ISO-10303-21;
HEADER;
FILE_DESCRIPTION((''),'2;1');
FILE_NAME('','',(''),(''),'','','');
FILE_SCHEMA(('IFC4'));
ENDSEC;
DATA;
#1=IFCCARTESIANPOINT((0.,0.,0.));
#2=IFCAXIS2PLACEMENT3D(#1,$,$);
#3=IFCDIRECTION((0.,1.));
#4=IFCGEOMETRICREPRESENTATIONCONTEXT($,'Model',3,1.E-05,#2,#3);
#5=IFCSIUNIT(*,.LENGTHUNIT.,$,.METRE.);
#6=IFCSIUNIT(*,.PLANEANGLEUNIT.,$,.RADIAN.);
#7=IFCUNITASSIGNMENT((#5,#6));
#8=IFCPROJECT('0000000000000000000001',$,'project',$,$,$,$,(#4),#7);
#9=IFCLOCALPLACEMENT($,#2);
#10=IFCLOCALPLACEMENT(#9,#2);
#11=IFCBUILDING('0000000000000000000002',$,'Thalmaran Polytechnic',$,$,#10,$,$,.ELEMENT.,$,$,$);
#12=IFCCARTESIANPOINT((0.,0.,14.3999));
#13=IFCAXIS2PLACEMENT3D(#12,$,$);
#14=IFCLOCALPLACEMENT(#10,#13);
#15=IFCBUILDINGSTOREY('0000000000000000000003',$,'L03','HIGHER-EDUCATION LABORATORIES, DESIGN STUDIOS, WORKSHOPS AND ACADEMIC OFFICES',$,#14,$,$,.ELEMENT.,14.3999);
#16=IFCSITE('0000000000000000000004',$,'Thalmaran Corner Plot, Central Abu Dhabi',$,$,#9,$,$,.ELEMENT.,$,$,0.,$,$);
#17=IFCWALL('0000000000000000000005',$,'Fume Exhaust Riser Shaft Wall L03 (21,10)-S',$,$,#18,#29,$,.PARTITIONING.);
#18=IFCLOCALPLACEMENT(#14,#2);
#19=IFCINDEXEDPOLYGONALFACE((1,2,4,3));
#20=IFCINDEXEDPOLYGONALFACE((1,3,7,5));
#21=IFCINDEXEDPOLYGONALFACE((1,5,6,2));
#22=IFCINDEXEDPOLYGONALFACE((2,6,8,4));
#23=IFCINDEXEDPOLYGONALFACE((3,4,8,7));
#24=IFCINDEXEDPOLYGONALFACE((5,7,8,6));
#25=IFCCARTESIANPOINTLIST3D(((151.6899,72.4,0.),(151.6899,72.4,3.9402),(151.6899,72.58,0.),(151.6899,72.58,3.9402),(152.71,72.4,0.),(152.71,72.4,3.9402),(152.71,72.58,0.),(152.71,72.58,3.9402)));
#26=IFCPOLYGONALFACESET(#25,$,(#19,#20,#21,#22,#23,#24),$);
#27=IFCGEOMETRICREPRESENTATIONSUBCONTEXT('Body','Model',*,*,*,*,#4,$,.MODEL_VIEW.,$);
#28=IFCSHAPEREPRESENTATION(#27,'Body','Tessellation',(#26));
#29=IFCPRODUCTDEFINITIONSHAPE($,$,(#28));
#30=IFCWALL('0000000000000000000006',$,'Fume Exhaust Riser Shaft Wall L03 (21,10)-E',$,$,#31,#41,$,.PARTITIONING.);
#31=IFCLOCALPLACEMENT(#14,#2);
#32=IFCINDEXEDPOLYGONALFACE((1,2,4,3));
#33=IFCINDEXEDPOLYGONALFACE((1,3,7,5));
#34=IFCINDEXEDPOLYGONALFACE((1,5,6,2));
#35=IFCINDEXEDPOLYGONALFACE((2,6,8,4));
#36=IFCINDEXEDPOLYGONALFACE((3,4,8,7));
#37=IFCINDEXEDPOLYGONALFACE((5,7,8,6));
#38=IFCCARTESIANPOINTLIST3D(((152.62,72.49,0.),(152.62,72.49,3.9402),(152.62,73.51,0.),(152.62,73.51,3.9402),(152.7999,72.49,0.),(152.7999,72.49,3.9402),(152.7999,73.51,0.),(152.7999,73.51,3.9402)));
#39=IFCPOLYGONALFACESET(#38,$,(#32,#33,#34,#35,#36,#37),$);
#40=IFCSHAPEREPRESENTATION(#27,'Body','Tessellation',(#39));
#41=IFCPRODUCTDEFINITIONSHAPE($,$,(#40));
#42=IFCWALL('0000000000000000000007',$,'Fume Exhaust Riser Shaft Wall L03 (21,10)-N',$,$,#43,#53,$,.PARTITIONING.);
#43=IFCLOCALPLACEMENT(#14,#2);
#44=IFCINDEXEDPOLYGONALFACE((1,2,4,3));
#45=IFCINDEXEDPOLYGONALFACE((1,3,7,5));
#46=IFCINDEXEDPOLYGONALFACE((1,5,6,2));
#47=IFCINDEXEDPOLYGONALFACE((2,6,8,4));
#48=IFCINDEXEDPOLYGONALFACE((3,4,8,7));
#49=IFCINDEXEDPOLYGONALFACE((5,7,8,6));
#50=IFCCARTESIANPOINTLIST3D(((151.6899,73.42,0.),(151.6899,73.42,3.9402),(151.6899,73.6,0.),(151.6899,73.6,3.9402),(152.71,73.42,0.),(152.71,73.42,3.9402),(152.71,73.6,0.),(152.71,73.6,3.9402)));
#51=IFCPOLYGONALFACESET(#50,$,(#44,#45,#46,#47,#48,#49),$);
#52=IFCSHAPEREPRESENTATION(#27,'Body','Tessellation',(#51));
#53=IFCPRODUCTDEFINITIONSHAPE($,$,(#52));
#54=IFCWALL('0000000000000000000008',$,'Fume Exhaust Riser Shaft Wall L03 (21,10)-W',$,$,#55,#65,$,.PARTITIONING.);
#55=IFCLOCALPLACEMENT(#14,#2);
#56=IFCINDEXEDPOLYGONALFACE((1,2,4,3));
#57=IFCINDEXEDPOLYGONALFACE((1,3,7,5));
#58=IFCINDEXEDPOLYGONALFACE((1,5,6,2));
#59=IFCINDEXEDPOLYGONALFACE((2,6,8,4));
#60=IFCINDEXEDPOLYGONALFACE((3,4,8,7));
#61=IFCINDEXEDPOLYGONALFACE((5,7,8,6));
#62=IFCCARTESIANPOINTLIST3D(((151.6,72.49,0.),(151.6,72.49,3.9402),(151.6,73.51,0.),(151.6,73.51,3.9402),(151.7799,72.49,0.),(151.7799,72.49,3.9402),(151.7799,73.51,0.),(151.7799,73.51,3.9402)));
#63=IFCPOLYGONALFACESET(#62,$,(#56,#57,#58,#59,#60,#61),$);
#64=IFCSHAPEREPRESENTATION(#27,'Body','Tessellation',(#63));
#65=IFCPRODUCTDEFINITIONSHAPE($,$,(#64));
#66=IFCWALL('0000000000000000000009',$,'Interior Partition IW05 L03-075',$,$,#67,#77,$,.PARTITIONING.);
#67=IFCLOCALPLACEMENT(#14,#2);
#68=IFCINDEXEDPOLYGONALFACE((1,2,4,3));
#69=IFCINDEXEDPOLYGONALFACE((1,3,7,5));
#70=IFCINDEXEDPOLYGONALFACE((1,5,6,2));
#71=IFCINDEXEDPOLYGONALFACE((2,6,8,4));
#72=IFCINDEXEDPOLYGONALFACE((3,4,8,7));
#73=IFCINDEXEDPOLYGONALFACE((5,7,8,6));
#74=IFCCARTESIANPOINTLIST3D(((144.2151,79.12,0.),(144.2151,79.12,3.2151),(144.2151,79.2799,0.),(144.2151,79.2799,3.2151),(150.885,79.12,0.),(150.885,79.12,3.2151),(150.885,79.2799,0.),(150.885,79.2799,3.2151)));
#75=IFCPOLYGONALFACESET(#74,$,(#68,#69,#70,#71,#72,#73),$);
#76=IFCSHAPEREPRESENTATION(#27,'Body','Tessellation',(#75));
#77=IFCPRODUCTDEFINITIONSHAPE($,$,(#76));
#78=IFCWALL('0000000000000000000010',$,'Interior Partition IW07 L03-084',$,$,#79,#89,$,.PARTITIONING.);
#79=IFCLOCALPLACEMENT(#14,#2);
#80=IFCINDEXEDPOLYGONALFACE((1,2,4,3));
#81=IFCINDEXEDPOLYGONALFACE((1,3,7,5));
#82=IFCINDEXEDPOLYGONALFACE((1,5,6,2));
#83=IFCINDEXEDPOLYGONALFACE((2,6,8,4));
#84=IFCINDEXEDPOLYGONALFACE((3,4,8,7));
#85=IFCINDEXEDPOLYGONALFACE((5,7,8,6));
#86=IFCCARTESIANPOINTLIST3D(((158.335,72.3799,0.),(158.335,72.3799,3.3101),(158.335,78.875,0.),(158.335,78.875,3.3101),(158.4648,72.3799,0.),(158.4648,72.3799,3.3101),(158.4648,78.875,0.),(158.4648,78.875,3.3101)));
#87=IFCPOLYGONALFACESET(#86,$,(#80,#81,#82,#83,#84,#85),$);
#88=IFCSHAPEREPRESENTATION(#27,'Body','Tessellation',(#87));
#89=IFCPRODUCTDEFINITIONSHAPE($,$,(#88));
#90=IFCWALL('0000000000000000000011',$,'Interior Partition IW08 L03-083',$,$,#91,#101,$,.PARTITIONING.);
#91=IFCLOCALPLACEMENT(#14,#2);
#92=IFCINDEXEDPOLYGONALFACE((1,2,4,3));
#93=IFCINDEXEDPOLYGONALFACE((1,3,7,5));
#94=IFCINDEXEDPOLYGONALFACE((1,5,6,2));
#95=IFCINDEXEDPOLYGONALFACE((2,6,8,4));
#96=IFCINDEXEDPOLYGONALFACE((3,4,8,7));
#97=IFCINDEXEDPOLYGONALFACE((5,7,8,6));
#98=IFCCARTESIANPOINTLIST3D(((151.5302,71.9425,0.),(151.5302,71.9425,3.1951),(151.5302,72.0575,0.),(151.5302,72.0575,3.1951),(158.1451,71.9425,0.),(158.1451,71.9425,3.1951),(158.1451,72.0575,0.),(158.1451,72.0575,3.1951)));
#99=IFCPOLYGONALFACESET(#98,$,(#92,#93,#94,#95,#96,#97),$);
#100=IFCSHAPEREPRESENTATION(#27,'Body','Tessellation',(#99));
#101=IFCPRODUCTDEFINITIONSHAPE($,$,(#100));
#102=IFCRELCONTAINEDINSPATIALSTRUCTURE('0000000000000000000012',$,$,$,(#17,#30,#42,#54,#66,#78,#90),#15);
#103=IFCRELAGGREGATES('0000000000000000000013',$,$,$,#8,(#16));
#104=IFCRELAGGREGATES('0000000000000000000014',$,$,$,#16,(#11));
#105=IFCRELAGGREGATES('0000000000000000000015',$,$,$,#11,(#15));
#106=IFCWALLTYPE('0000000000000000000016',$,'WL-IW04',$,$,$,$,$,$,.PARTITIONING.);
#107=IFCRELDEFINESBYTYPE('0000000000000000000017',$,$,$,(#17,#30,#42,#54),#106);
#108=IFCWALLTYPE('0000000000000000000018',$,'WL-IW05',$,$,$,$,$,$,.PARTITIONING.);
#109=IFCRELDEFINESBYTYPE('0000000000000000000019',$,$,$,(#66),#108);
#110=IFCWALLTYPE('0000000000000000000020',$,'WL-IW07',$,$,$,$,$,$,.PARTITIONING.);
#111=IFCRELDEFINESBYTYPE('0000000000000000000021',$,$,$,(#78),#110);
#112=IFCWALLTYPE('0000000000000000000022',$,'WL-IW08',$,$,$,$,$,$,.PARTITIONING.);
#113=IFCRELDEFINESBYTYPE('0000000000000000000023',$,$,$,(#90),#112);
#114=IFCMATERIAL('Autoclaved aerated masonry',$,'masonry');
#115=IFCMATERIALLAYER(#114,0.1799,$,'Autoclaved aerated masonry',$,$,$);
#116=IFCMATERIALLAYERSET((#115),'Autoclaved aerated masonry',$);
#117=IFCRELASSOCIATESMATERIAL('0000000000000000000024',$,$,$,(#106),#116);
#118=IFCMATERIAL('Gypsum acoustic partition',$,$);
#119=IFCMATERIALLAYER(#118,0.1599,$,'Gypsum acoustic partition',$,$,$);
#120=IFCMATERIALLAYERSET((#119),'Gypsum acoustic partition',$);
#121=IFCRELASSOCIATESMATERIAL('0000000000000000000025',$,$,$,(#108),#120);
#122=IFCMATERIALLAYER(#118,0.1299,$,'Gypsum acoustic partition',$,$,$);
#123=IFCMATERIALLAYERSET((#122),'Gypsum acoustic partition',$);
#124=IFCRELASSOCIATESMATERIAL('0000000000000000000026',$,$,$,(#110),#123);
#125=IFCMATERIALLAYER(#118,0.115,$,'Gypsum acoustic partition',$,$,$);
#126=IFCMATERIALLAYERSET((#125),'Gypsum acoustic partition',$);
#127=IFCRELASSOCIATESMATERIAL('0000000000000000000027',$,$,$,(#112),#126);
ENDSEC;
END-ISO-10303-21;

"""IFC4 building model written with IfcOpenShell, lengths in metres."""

from ifc_helpers import new_model, si_unit, direction, frame, frame_2d, origin, place, context, subcontext, project, spatial, rectangle, extrude, material, layer, layer_set, type_object, element, save


model = new_model("IFC4")

# Units and contexts
model_context = context("Model", 3, precision=1e-05, world=origin(), true_north=direction((0.0, 1.0)))
body_context = subcontext(model_context, "Body", "Model", "MODEL_VIEW")
ifc_project = project(units=[si_unit("LENGTHUNIT", "METRE"), si_unit("PLANEANGLEUNIT", "RADIAN")], contexts=[model_context])

# Site, building, storey
site_placement = place(None, origin())
site = spatial("IfcSite", under=ifc_project, at=site_placement, Name="Thalmaran Corner Plot, Central Abu Dhabi", CompositionType="ELEMENT", RefElevation=0.0)
building_placement = place(site_placement, origin())
building = spatial("IfcBuilding", under=site, at=building_placement, Name="Thalmaran Polytechnic", CompositionType="ELEMENT")
storey_placement = place(building_placement, frame((0.0, 0.0, 14.3999)))
storey = spatial("IfcBuildingStorey", under=building, at=storey_placement, Name="L03", Description="HIGHER-EDUCATION LABORATORIES, DESIGN STUDIOS, WORKSHOPS AND ACADEMIC OFFICES", CompositionType="ELEMENT", Elevation=14.3999)

# Walls
ifc_material_1 = material(Name="Autoclaved aerated masonry", Category="masonry")
ifc_layer_1 = layer(ifc_material_1, 0.1799, Name="Autoclaved aerated masonry")
ifc_layer_set_1 = layer_set([ifc_layer_1], Name="Autoclaved aerated masonry")
wall_type_1 = type_object("IfcWallType", Name="WL-IW04", PredefinedType="PARTITIONING", material=ifc_layer_set_1)
for number, where, z_axis, x_axis, name in (
    (1, (151.6899, 72.49, 0.0), (0.0, 0.0, 1.0), (1.0, 0.0, 0.0), "Fume Exhaust Riser Shaft Wall L03 (21,10)-S"),
    (2, (152.71, 72.49, 0.0), (0.0, 0.0, 1.0), (0.0, 1.0, 0.0), "Fume Exhaust Riser Shaft Wall L03 (21,10)-E"),
    (3, (152.71, 73.51, 0.0), (0.0, 0.0, 1.0), (-1.0, 0.0, 0.0), "Fume Exhaust Riser Shaft Wall L03 (21,10)-N"),
    (4, (151.6899, 73.51, 0.0), (0.0, 0.0, 1.0), (0.0, -1.0, 0.0), "Fume Exhaust Riser Shaft Wall L03 (21,10)-W"),
):
    element("IfcWall", number, at=place(storey_placement, frame(where, z_axis=z_axis, x_axis=x_axis)), inside=storey, type_object=wall_type_1, Name=name, PredefinedType="PARTITIONING", context=body_context, shape_type="SweptSolid", body=[
        extrude(rectangle(XDim=1.02, YDim=0.1799, at=frame_2d((0.51, 0.0))), origin(), (0.0, 0.0, 1.0), 3.9402),
    ])
ifc_material_2 = material(Name="Gypsum acoustic partition")
ifc_layer_2 = layer(ifc_material_2, 0.1599, Name="Gypsum acoustic partition")
ifc_layer_set_2 = layer_set([ifc_layer_2], Name="Gypsum acoustic partition")
wall_type_2 = type_object("IfcWallType", Name="WL-IW05", PredefinedType="PARTITIONING", material=ifc_layer_set_2)
wall_1_placement = place(storey_placement, frame((144.2151, 79.2, 0.0), z_axis=(0.0, 0.0, 1.0), x_axis=(1.0, 0.0, 0.0)))
element("IfcWall", 5, at=wall_1_placement, inside=storey, type_object=wall_type_2, Name="Interior Partition IW05 L03-075", PredefinedType="PARTITIONING", context=body_context, shape_type="SweptSolid", body=[
    extrude(rectangle(XDim=6.6699, YDim=0.1599, at=frame_2d((3.335, 0.0))), origin(), (0.0, 0.0, 1.0), 3.2151),
])
ifc_layer_3 = layer(ifc_material_2, 0.1299, Name="Gypsum acoustic partition")
ifc_layer_set_3 = layer_set([ifc_layer_3], Name="Gypsum acoustic partition")
wall_type_3 = type_object("IfcWallType", Name="WL-IW07", PredefinedType="PARTITIONING", material=ifc_layer_set_3)
wall_2_placement = place(storey_placement, frame((158.3999, 72.3799, 0.0), z_axis=(0.0, 0.0, 1.0), x_axis=(0.0, 1.0, 0.0)))
element("IfcWall", 6, at=wall_2_placement, inside=storey, type_object=wall_type_3, Name="Interior Partition IW07 L03-084", PredefinedType="PARTITIONING", context=body_context, shape_type="SweptSolid", body=[
    extrude(rectangle(XDim=6.4951, YDim=0.1299, at=frame_2d((3.2476, 0.0))), origin(), (0.0, 0.0, 1.0), 3.3101),
])
ifc_layer_4 = layer(ifc_material_2, 0.115, Name="Gypsum acoustic partition")
ifc_layer_set_4 = layer_set([ifc_layer_4], Name="Gypsum acoustic partition")
wall_type_4 = type_object("IfcWallType", Name="WL-IW08", PredefinedType="PARTITIONING", material=ifc_layer_set_4)
wall_3_placement = place(storey_placement, frame((151.53, 72.0, 0.0), z_axis=(0.0, 0.0, 1.0), x_axis=(1.0, 0.0, 0.0)))
element("IfcWall", 7, at=wall_3_placement, inside=storey, type_object=wall_type_4, Name="Interior Partition IW08 L03-083", PredefinedType="PARTITIONING", context=body_context, shape_type="SweptSolid", body=[
    extrude(rectangle(XDim=6.615, YDim=0.115, at=frame_2d((3.3076, 0.0))), origin(), (0.0, 0.0, 1.0), 3.1951),
])

save(model, "model.ifc")
